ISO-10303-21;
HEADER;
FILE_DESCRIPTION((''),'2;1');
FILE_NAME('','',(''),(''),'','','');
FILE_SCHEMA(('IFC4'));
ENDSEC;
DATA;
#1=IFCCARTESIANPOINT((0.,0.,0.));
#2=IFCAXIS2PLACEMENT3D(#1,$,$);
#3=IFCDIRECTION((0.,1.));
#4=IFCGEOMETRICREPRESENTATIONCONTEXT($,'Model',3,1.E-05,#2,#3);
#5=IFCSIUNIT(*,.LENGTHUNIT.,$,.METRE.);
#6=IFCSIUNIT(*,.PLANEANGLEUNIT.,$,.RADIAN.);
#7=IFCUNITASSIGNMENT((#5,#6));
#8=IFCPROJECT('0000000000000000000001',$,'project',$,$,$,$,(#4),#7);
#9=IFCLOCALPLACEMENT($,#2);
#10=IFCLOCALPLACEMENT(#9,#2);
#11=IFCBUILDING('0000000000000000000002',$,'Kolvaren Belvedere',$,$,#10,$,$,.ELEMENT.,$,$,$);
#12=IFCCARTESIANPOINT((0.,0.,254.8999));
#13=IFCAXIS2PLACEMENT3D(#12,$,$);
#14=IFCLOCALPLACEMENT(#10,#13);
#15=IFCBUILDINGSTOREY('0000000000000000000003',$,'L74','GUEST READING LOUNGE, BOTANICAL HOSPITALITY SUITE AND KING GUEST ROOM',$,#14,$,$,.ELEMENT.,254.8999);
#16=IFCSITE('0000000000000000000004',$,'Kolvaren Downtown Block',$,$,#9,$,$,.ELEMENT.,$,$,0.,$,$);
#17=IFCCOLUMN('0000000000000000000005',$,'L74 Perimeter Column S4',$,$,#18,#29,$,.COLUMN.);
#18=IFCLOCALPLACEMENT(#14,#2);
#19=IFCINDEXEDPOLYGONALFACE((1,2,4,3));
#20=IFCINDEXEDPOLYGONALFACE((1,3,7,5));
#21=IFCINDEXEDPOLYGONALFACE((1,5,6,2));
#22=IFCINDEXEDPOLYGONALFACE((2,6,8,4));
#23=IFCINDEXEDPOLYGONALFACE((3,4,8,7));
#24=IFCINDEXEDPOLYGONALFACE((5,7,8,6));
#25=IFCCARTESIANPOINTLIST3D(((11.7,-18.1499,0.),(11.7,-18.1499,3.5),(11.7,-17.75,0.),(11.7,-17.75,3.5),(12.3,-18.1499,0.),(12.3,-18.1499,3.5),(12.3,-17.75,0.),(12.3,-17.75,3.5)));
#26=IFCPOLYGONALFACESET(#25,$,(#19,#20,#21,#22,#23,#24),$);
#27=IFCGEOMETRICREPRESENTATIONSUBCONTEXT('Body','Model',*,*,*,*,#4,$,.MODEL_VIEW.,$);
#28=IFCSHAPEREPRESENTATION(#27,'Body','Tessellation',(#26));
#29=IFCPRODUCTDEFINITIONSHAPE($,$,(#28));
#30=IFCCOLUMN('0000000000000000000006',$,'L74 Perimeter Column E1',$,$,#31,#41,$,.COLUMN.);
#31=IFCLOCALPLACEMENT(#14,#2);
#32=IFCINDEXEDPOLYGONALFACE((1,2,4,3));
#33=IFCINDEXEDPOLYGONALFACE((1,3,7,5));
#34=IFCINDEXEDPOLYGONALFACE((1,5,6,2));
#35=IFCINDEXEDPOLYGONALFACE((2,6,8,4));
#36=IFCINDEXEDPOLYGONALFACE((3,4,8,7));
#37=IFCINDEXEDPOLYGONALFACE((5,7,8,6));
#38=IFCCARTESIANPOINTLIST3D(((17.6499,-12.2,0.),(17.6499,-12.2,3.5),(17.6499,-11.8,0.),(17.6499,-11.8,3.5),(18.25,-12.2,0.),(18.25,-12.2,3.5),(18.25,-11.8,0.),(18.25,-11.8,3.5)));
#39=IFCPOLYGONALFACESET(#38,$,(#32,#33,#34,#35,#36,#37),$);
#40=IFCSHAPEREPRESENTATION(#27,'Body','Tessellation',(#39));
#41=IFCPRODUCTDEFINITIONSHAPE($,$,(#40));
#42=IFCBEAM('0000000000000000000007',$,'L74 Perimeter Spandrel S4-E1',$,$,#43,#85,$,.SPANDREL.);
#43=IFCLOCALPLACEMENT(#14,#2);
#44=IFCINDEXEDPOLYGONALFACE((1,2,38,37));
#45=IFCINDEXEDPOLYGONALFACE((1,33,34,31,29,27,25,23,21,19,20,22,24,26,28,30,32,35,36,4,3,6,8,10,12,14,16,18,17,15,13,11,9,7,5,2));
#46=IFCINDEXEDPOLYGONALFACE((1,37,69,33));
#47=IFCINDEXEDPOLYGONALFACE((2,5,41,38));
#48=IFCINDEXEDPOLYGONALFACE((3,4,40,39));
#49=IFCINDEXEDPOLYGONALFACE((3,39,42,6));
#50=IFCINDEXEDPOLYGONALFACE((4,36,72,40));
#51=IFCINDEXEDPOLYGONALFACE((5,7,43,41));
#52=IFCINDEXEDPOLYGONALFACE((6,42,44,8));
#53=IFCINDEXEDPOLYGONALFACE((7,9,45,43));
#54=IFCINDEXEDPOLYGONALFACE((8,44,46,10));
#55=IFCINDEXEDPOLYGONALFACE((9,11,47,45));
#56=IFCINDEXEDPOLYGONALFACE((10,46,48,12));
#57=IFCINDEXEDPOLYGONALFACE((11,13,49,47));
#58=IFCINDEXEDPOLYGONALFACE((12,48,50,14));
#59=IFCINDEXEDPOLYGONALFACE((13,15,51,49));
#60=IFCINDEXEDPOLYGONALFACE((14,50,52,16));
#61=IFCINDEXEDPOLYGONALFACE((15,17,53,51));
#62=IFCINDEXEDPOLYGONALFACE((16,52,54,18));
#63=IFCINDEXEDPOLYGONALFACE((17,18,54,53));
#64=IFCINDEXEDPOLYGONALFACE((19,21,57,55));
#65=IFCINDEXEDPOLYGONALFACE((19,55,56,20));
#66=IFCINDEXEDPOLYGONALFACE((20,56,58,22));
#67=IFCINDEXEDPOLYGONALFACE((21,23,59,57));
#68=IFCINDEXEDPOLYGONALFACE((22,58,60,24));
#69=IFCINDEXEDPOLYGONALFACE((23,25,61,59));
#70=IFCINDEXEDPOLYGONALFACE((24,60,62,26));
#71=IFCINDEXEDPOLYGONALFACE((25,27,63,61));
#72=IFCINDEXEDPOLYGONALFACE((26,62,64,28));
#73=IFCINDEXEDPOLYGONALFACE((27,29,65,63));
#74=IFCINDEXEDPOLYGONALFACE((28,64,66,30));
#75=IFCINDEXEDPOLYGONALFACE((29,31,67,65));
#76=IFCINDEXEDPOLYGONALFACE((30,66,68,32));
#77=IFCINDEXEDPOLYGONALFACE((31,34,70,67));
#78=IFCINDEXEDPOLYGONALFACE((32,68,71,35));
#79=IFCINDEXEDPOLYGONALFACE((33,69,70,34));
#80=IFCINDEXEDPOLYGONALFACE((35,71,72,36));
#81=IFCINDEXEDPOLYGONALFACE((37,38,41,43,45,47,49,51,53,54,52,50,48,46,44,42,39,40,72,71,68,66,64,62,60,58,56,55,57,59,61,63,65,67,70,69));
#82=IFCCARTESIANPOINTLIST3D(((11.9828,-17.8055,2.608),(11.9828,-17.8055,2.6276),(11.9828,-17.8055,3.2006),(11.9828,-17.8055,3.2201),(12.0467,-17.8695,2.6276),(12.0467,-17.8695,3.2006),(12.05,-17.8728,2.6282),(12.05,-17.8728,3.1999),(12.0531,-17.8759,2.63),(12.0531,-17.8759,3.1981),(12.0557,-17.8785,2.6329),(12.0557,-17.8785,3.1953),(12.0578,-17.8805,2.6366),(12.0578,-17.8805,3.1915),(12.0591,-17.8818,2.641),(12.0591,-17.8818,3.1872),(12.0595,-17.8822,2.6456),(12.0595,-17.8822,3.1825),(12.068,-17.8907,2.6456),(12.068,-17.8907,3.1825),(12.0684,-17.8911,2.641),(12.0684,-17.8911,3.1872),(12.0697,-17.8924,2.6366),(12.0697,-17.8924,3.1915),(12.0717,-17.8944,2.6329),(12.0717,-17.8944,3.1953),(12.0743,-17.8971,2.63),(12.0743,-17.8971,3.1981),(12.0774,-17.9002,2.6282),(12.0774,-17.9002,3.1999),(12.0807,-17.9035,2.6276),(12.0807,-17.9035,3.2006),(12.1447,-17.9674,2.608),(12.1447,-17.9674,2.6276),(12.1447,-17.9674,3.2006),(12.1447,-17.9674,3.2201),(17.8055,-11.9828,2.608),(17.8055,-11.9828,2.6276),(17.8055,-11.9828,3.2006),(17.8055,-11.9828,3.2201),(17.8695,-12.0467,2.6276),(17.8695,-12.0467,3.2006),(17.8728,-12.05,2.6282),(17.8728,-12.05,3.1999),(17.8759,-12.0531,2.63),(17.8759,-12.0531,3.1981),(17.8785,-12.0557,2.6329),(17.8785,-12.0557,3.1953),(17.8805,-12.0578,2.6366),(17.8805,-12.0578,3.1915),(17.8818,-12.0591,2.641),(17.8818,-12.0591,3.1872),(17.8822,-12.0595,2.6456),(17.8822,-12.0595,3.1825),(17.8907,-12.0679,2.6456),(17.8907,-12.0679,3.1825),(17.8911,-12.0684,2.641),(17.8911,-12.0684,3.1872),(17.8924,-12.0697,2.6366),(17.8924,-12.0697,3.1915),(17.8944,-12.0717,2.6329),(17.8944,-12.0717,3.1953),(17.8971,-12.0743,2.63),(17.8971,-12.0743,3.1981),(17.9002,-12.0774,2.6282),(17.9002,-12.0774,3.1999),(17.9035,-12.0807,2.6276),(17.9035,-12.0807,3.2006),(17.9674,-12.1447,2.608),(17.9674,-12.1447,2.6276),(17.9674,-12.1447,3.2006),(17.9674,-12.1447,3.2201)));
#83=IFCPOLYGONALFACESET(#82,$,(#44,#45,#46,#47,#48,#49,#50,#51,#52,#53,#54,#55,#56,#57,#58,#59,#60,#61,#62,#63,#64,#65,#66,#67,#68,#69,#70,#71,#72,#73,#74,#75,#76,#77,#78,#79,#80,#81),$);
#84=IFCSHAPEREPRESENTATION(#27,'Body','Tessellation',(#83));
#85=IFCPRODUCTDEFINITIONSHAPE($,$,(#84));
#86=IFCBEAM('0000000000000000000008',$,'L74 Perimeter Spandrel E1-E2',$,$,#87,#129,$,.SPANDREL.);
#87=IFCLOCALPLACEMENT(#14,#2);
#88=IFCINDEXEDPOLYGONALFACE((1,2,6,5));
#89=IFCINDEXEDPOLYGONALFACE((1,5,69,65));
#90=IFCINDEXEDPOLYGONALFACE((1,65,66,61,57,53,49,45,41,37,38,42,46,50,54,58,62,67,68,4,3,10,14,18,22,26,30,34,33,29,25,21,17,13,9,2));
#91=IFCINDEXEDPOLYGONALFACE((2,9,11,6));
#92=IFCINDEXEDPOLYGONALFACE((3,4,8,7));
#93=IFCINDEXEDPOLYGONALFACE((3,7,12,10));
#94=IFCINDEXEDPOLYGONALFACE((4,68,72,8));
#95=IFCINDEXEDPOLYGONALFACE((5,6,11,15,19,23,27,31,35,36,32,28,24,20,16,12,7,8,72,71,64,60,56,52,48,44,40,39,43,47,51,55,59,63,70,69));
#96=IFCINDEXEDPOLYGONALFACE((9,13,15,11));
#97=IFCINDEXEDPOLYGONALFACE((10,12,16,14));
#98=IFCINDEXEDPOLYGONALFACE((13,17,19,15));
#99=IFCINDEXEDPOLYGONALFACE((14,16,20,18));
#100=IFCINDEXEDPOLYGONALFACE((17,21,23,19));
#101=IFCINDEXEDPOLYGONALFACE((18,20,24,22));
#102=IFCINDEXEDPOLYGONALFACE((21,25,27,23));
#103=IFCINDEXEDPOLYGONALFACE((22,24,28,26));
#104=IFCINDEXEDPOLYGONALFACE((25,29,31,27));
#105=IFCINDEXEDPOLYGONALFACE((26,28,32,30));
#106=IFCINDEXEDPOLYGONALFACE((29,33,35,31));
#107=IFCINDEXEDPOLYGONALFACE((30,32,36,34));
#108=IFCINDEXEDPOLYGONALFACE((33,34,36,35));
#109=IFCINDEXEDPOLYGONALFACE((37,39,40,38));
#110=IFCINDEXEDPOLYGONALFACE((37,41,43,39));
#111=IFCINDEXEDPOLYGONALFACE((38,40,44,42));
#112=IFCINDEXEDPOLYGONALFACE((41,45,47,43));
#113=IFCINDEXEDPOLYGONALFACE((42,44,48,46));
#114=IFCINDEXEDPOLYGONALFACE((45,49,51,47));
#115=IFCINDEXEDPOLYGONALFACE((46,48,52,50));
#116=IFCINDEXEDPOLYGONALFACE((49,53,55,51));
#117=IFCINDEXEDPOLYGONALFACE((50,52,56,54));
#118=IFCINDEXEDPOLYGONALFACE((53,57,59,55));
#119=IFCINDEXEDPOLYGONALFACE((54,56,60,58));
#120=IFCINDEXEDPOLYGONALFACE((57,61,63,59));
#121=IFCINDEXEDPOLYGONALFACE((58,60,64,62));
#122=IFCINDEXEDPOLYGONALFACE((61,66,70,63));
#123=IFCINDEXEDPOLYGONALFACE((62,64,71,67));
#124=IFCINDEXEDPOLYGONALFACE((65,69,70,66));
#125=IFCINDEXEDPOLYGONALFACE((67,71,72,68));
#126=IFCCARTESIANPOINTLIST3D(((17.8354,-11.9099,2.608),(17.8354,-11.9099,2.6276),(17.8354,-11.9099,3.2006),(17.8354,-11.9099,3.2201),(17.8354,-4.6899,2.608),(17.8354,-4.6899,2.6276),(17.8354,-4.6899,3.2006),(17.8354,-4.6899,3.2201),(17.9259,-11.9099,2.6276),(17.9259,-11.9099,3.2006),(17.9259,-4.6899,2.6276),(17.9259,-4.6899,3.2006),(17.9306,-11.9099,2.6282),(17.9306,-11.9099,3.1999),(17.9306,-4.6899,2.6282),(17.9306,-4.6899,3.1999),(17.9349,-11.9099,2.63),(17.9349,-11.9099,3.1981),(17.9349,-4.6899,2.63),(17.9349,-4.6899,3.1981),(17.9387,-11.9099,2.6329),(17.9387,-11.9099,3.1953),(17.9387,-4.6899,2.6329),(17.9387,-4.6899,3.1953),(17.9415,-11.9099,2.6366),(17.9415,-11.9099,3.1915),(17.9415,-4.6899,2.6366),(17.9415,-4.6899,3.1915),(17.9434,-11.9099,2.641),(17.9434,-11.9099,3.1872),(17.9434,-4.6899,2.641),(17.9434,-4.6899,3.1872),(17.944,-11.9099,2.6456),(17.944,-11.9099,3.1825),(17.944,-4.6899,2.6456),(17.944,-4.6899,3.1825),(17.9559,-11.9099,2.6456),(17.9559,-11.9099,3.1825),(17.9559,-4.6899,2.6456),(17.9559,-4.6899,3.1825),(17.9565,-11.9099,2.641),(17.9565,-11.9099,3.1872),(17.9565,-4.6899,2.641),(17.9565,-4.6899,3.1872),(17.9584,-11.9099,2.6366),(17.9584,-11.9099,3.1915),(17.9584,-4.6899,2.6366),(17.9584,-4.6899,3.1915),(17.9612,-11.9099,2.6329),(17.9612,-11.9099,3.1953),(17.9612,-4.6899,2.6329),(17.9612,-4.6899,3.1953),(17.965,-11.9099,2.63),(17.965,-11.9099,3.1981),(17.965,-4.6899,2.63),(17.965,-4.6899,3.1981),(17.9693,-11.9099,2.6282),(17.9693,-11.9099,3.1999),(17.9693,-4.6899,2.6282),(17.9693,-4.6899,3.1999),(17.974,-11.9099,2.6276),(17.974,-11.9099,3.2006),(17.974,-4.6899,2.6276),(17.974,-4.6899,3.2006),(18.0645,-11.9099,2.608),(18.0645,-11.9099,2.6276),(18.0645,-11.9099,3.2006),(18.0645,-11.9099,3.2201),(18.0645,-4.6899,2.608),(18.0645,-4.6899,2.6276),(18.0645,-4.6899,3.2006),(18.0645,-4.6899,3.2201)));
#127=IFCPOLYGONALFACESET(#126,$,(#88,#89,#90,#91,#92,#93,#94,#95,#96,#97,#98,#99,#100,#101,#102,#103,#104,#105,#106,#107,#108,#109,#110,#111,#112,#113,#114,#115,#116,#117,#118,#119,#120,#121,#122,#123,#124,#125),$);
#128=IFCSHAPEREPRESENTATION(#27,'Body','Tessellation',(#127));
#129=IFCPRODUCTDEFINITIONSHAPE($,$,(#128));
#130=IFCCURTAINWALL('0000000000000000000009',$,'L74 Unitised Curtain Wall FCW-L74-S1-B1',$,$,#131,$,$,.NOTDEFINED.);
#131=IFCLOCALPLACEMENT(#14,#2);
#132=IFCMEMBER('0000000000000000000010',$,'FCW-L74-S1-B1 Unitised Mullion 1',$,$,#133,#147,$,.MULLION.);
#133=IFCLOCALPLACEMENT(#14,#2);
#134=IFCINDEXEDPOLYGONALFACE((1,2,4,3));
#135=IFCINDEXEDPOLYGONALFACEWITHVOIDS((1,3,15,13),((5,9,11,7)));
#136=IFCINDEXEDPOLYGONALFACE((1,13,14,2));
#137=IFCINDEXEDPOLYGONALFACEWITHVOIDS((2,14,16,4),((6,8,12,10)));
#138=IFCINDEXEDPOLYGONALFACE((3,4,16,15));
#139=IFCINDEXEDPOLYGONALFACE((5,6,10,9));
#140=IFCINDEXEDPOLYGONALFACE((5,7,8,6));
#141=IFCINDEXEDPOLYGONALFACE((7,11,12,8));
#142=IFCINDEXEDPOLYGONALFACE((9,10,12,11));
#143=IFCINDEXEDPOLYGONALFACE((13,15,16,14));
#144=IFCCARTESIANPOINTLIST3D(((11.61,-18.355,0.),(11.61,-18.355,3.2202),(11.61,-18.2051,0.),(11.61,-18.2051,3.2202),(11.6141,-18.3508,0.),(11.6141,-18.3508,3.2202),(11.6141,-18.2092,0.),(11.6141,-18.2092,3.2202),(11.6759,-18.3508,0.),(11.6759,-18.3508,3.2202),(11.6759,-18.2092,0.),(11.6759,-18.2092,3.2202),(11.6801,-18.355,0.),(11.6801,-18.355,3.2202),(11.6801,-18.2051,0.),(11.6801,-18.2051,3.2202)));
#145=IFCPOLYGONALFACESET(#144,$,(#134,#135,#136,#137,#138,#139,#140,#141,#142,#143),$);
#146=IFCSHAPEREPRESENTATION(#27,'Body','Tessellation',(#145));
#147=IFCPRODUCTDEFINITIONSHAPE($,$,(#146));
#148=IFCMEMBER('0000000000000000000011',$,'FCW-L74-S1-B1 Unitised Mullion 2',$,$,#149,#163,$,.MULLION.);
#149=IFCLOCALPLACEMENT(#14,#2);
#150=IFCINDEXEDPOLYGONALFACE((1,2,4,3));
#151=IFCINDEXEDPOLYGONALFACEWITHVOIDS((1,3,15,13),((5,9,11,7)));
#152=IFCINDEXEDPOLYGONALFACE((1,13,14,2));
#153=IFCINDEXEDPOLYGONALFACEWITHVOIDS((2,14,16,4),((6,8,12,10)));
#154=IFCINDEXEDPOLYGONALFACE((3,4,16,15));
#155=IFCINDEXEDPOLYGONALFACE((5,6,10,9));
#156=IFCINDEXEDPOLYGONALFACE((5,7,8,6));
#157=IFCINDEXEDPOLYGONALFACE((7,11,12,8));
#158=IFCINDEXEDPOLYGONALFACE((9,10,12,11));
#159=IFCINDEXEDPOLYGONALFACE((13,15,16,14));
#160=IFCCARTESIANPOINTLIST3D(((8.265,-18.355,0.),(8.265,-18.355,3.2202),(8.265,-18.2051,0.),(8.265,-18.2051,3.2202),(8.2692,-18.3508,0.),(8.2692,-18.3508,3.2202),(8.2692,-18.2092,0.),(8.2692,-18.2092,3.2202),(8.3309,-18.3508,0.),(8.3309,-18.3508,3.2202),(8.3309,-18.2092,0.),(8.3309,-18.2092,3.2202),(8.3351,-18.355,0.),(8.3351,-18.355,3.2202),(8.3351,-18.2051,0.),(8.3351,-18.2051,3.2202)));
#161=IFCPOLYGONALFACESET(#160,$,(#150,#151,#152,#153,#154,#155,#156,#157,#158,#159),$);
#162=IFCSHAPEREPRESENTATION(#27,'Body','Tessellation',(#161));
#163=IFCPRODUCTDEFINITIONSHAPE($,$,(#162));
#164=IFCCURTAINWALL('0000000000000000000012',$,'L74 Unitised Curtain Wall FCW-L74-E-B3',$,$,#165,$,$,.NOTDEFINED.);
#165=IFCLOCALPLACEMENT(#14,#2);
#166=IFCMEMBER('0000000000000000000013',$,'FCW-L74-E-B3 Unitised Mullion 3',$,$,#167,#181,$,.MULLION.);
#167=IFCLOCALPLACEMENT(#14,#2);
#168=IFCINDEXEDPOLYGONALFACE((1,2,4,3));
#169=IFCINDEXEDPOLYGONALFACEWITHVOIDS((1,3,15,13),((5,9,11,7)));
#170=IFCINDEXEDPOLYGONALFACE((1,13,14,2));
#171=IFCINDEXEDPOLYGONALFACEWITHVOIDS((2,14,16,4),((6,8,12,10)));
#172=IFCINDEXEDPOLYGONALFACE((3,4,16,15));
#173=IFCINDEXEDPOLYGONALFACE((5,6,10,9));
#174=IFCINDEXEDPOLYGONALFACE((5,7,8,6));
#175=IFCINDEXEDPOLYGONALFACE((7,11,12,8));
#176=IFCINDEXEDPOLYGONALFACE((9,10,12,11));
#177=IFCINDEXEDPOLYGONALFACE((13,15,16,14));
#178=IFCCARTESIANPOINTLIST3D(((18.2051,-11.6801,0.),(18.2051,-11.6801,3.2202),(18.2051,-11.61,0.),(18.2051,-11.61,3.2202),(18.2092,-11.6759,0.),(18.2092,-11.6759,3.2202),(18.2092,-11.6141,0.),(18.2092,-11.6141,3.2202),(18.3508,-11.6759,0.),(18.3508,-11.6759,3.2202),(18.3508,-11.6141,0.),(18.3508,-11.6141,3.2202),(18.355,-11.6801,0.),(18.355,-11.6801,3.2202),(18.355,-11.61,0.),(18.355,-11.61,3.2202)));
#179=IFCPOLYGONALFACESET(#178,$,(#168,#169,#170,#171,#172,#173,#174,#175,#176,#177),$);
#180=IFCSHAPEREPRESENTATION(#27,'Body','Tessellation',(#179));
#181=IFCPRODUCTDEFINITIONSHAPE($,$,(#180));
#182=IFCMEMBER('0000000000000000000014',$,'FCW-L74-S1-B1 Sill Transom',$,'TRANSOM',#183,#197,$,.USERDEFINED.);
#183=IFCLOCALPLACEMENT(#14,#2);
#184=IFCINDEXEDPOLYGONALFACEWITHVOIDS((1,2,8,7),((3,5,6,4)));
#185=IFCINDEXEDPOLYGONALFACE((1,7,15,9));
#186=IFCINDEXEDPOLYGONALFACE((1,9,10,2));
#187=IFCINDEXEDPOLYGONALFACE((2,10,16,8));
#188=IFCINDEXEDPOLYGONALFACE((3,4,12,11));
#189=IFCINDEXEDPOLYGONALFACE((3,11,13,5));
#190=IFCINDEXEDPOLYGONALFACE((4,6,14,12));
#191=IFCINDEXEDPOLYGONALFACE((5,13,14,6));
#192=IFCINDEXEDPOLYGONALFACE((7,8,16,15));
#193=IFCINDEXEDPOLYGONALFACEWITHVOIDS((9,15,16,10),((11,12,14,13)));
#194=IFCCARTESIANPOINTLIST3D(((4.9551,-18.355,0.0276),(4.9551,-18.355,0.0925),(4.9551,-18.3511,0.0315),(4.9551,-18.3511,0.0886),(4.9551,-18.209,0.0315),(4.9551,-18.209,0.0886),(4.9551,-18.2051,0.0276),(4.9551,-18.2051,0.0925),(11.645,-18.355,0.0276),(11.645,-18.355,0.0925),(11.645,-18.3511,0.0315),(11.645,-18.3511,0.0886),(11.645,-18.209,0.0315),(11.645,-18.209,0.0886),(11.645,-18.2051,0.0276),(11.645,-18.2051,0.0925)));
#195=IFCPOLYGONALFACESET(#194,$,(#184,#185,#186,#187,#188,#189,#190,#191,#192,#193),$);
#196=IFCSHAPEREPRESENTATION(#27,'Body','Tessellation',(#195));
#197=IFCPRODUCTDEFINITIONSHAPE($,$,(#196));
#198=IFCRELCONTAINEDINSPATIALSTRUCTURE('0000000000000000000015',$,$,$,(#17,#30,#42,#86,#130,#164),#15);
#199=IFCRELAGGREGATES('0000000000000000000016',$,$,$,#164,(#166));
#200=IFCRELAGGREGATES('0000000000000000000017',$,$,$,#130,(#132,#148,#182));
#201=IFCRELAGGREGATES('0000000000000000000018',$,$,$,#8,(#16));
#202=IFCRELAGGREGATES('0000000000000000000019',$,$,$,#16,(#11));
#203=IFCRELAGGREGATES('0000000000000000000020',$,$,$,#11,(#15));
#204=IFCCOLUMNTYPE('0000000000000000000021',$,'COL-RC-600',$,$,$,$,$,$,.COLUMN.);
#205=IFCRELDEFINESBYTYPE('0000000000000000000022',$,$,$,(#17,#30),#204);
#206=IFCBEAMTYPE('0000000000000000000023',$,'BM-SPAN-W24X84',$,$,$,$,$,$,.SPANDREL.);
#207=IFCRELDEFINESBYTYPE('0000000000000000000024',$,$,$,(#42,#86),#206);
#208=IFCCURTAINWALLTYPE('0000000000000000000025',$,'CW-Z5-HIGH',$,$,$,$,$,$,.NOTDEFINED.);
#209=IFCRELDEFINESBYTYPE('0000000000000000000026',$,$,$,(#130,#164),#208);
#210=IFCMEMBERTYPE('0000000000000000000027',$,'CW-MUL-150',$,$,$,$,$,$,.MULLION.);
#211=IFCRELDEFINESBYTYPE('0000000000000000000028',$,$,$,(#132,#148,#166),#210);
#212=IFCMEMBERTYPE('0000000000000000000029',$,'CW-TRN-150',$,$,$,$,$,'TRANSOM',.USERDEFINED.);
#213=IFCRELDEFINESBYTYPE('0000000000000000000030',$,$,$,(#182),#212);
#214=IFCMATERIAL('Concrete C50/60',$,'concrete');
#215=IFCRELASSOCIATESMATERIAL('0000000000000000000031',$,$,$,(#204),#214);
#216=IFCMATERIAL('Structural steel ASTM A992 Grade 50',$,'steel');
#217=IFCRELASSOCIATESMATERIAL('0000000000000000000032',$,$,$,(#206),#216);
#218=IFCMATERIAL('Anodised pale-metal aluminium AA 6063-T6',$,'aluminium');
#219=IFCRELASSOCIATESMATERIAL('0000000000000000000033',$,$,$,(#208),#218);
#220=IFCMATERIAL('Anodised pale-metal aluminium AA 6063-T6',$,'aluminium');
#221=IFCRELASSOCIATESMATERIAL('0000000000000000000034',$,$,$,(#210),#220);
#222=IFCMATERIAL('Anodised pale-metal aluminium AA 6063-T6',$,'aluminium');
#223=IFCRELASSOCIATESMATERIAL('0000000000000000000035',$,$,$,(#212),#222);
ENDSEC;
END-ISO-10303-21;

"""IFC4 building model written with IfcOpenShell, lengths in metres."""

from ifc_helpers import new_model, si_unit, direction, frame, origin, origin_2d, place, context, subcontext, project, spatial, rectangle, hollow_rectangle, i_section, extrude, material, material_profile, profile_set, type_object, element, aggregate, save


model = new_model("IFC4")

# Units and contexts
model_context = context("Model", 3, precision=1e-05, world=origin(), true_north=direction((0.0, 1.0)))
body_context = subcontext(model_context, "Body", "Model", "MODEL_VIEW")
ifc_project = project(units=[si_unit("LENGTHUNIT", "METRE"), si_unit("PLANEANGLEUNIT", "RADIAN")], contexts=[model_context])

# Site, building, storey
site_placement = place(None, origin())
site = spatial("IfcSite", under=ifc_project, at=site_placement, Name="Kolvaren Downtown Block", CompositionType="ELEMENT", RefElevation=0.0)
building_placement = place(site_placement, origin())
building = spatial("IfcBuilding", under=site, at=building_placement, Name="Kolvaren Belvedere", CompositionType="ELEMENT")
storey_placement = place(building_placement, frame((0.0, 0.0, 254.8999)))
storey = spatial("IfcBuildingStorey", under=building, at=storey_placement, Name="L74", Description="GUEST READING LOUNGE, BOTANICAL HOSPITALITY SUITE AND KING GUEST ROOM", CompositionType="ELEMENT", Elevation=254.8999)

# Columns
ifc_material_1 = material(Name="Concrete C50/60", Category="concrete")
ifc_material_profile_1 = material_profile(ifc_material_1, rectangle(XDim=0.6001, YDim=0.3999, at=origin_2d()), Name="RC 600X400")
ifc_profile_set_1 = profile_set([ifc_material_profile_1], Name="Concrete C50/60")
column_type = type_object("IfcColumnType", Name="COL-RC-600", PredefinedType="COLUMN", material=ifc_profile_set_1)
for number, where, z_axis, x_axis, name in (
    (1, (12.0, -17.95, 0.0), (0.0, 0.0, 1.0), (1.0, 0.0, 0.0), "L74 Perimeter Column S4"),
    (2, (17.95, -12.0, 0.0), (0.0, 0.0, 1.0), (1.0, 0.0, 0.0), "L74 Perimeter Column E1"),
):
    element("IfcColumn", number, at=place(storey_placement, frame(where, z_axis=z_axis, x_axis=x_axis)), inside=storey, type_object=column_type, Name=name, PredefinedType="COLUMN", context=body_context, shape_type="SweptSolid", body=[
        extrude(rectangle(XDim=0.6001, YDim=0.3999, at=origin_2d()), origin(), (0.0, 0.0, 1.0), 3.5),
    ])

# Beams
ifc_material_2 = material(Name="Structural steel ASTM A992 Grade 50", Category="steel")
ifc_material_profile_2 = material_profile(ifc_material_2, i_section(OverallWidth=0.229, OverallDepth=0.6121, WebThickness=0.012, FlangeThickness=0.0195, FilletRadius=0.0181, at=origin_2d()), Name="W24X84")
ifc_profile_set_2 = profile_set([ifc_material_profile_2], Name="Structural steel ASTM A992 Grade 50")
beam_type = type_object("IfcBeamType", Name="BM-SPAN-W24X84", PredefinedType="SPANDREL", material=ifc_profile_set_2)
beam_1_placement = place(storey_placement, frame((12.0637, -17.8865, 2.9141), z_axis=(0.707107, 0.707107, 0.0), x_axis=(-0.707107, 0.707107, 0.0)))
element("IfcBeam", 3, at=beam_1_placement, inside=storey, type_object=beam_type, Name="L74 Perimeter Spandrel S4-E1", PredefinedType="SPANDREL", context=body_context, shape_type="SweptSolid", body=[
    extrude(i_section(OverallWidth=0.229, OverallDepth=0.6121, WebThickness=0.012, FlangeThickness=0.0195, FilletRadius=0.0181, at=origin_2d()), origin(), (0.0, 0.0, 1.0), 8.2346),
])
beam_2_placement = place(storey_placement, frame((17.95, -11.9099, 2.9141), z_axis=(0.0, 1.0, 0.0), x_axis=(-1.0, 0.0, 0.0)))
element("IfcBeam", 4, at=beam_2_placement, inside=storey, type_object=beam_type, Name="L74 Perimeter Spandrel E1-E2", PredefinedType="SPANDREL", context=body_context, shape_type="SweptSolid", body=[
    extrude(i_section(OverallWidth=0.229, OverallDepth=0.6121, WebThickness=0.012, FlangeThickness=0.0195, FilletRadius=0.0181, at=origin_2d()), origin(), (0.0, 0.0, 1.0), 7.22),
])

# Curtain wall, members
ifc_material_3 = material(Name="Anodised pale-metal aluminium AA 6063-T6", Category="aluminium")
curtain_wall_type = type_object("IfcCurtainWallType", Name="CW-Z5-HIGH", PredefinedType="NOTDEFINED", material=ifc_material_3)
curtain_wall_1_placement = place(storey_placement, origin())
curtain_wall_1 = element("IfcCurtainWall", 5, at=curtain_wall_1_placement, inside=storey, type_object=curtain_wall_type, Name="L74 Unitised Curtain Wall FCW-L74-S1-B1", PredefinedType="NOTDEFINED")
ifc_material_4 = material(Name="Anodised pale-metal aluminium AA 6063-T6", Category="aluminium")
ifc_material_profile_3 = material_profile(ifc_material_4, hollow_rectangle(XDim=0.0701, YDim=0.1499, WallThickness=0.0042, at=origin_2d()), Name="ALU-MUL-150X70")
ifc_profile_set_3 = profile_set([ifc_material_profile_3], Name="Anodised pale-metal aluminium AA 6063-T6")
member_type_1 = type_object("IfcMemberType", Name="CW-MUL-150", PredefinedType="MULLION", material=ifc_profile_set_3)
member_1_placement = place(storey_placement, frame((11.645, -18.28, 0.0), z_axis=(0.0, 0.0, 1.0), x_axis=(1.0, 0.0, 0.0)))
member_1 = element("IfcMember", 6, at=member_1_placement, type_object=member_type_1, Name="FCW-L74-S1-B1 Unitised Mullion 1", PredefinedType="MULLION", context=body_context, shape_type="SweptSolid", body=[
    extrude(hollow_rectangle(XDim=0.0701, YDim=0.1499, WallThickness=0.0042, at=origin_2d()), origin(), (0.0, 0.0, 1.0), 3.2202),
])
member_2_placement = place(storey_placement, frame((8.3, -18.28, 0.0), z_axis=(0.0, 0.0, 1.0), x_axis=(1.0, 0.0, 0.0)))
member_2 = element("IfcMember", 7, at=member_2_placement, type_object=member_type_1, Name="FCW-L74-S1-B1 Unitised Mullion 2", PredefinedType="MULLION", context=body_context, shape_type="SweptSolid", body=[
    extrude(hollow_rectangle(XDim=0.0701, YDim=0.1499, WallThickness=0.0042, at=origin_2d()), origin(), (0.0, 0.0, 1.0), 3.2202),
])

# Curtain wall, member
curtain_wall_2_placement = place(storey_placement, origin())
curtain_wall_2 = element("IfcCurtainWall", 8, at=curtain_wall_2_placement, inside=storey, type_object=curtain_wall_type, Name="L74 Unitised Curtain Wall FCW-L74-E-B3", PredefinedType="NOTDEFINED")
member_3_placement = place(storey_placement, frame((18.28, -11.645, 0.0), z_axis=(0.0, 0.0, 1.0), x_axis=(0.0, 1.0, 0.0)))
member_3 = element("IfcMember", 9, at=member_3_placement, type_object=member_type_1, Name="FCW-L74-E-B3 Unitised Mullion 3", PredefinedType="MULLION", context=body_context, shape_type="SweptSolid", body=[
    extrude(hollow_rectangle(XDim=0.0701, YDim=0.1499, WallThickness=0.0042, at=origin_2d()), origin(), (0.0, 0.0, 1.0), 3.2202),
])
aggregate(curtain_wall_2, [member_3])

# Member
ifc_material_5 = material(Name="Anodised pale-metal aluminium AA 6063-T6", Category="aluminium")
ifc_material_profile_4 = material_profile(ifc_material_5, hollow_rectangle(XDim=0.0649, YDim=0.1499, WallThickness=0.0039, at=origin_2d()), Name="ALU-TRN-150X65")
ifc_profile_set_4 = profile_set([ifc_material_profile_4], Name="Anodised pale-metal aluminium AA 6063-T6")
member_type_2 = type_object("IfcMemberType", Name="CW-TRN-150", ElementType="TRANSOM", PredefinedType="USERDEFINED", material=ifc_profile_set_4)
member_4_placement = place(storey_placement, frame((11.645, -18.28, 0.0601), z_axis=(-1.0, 0.0, 0.0), x_axis=(0.0, 0.0, 1.0)))
member_4 = element("IfcMember", 10, at=member_4_placement, type_object=member_type_2, Name="FCW-L74-S1-B1 Sill Transom", ObjectType="TRANSOM", PredefinedType="USERDEFINED", context=body_context, shape_type="SweptSolid", body=[
    extrude(hollow_rectangle(XDim=0.0649, YDim=0.1499, WallThickness=0.0039, at=origin_2d()), origin(), (0.0, 0.0, 1.0), 6.6899),
])

aggregate(curtain_wall_1, [member_1, member_2, member_4])

save(model, "model.ifc")
